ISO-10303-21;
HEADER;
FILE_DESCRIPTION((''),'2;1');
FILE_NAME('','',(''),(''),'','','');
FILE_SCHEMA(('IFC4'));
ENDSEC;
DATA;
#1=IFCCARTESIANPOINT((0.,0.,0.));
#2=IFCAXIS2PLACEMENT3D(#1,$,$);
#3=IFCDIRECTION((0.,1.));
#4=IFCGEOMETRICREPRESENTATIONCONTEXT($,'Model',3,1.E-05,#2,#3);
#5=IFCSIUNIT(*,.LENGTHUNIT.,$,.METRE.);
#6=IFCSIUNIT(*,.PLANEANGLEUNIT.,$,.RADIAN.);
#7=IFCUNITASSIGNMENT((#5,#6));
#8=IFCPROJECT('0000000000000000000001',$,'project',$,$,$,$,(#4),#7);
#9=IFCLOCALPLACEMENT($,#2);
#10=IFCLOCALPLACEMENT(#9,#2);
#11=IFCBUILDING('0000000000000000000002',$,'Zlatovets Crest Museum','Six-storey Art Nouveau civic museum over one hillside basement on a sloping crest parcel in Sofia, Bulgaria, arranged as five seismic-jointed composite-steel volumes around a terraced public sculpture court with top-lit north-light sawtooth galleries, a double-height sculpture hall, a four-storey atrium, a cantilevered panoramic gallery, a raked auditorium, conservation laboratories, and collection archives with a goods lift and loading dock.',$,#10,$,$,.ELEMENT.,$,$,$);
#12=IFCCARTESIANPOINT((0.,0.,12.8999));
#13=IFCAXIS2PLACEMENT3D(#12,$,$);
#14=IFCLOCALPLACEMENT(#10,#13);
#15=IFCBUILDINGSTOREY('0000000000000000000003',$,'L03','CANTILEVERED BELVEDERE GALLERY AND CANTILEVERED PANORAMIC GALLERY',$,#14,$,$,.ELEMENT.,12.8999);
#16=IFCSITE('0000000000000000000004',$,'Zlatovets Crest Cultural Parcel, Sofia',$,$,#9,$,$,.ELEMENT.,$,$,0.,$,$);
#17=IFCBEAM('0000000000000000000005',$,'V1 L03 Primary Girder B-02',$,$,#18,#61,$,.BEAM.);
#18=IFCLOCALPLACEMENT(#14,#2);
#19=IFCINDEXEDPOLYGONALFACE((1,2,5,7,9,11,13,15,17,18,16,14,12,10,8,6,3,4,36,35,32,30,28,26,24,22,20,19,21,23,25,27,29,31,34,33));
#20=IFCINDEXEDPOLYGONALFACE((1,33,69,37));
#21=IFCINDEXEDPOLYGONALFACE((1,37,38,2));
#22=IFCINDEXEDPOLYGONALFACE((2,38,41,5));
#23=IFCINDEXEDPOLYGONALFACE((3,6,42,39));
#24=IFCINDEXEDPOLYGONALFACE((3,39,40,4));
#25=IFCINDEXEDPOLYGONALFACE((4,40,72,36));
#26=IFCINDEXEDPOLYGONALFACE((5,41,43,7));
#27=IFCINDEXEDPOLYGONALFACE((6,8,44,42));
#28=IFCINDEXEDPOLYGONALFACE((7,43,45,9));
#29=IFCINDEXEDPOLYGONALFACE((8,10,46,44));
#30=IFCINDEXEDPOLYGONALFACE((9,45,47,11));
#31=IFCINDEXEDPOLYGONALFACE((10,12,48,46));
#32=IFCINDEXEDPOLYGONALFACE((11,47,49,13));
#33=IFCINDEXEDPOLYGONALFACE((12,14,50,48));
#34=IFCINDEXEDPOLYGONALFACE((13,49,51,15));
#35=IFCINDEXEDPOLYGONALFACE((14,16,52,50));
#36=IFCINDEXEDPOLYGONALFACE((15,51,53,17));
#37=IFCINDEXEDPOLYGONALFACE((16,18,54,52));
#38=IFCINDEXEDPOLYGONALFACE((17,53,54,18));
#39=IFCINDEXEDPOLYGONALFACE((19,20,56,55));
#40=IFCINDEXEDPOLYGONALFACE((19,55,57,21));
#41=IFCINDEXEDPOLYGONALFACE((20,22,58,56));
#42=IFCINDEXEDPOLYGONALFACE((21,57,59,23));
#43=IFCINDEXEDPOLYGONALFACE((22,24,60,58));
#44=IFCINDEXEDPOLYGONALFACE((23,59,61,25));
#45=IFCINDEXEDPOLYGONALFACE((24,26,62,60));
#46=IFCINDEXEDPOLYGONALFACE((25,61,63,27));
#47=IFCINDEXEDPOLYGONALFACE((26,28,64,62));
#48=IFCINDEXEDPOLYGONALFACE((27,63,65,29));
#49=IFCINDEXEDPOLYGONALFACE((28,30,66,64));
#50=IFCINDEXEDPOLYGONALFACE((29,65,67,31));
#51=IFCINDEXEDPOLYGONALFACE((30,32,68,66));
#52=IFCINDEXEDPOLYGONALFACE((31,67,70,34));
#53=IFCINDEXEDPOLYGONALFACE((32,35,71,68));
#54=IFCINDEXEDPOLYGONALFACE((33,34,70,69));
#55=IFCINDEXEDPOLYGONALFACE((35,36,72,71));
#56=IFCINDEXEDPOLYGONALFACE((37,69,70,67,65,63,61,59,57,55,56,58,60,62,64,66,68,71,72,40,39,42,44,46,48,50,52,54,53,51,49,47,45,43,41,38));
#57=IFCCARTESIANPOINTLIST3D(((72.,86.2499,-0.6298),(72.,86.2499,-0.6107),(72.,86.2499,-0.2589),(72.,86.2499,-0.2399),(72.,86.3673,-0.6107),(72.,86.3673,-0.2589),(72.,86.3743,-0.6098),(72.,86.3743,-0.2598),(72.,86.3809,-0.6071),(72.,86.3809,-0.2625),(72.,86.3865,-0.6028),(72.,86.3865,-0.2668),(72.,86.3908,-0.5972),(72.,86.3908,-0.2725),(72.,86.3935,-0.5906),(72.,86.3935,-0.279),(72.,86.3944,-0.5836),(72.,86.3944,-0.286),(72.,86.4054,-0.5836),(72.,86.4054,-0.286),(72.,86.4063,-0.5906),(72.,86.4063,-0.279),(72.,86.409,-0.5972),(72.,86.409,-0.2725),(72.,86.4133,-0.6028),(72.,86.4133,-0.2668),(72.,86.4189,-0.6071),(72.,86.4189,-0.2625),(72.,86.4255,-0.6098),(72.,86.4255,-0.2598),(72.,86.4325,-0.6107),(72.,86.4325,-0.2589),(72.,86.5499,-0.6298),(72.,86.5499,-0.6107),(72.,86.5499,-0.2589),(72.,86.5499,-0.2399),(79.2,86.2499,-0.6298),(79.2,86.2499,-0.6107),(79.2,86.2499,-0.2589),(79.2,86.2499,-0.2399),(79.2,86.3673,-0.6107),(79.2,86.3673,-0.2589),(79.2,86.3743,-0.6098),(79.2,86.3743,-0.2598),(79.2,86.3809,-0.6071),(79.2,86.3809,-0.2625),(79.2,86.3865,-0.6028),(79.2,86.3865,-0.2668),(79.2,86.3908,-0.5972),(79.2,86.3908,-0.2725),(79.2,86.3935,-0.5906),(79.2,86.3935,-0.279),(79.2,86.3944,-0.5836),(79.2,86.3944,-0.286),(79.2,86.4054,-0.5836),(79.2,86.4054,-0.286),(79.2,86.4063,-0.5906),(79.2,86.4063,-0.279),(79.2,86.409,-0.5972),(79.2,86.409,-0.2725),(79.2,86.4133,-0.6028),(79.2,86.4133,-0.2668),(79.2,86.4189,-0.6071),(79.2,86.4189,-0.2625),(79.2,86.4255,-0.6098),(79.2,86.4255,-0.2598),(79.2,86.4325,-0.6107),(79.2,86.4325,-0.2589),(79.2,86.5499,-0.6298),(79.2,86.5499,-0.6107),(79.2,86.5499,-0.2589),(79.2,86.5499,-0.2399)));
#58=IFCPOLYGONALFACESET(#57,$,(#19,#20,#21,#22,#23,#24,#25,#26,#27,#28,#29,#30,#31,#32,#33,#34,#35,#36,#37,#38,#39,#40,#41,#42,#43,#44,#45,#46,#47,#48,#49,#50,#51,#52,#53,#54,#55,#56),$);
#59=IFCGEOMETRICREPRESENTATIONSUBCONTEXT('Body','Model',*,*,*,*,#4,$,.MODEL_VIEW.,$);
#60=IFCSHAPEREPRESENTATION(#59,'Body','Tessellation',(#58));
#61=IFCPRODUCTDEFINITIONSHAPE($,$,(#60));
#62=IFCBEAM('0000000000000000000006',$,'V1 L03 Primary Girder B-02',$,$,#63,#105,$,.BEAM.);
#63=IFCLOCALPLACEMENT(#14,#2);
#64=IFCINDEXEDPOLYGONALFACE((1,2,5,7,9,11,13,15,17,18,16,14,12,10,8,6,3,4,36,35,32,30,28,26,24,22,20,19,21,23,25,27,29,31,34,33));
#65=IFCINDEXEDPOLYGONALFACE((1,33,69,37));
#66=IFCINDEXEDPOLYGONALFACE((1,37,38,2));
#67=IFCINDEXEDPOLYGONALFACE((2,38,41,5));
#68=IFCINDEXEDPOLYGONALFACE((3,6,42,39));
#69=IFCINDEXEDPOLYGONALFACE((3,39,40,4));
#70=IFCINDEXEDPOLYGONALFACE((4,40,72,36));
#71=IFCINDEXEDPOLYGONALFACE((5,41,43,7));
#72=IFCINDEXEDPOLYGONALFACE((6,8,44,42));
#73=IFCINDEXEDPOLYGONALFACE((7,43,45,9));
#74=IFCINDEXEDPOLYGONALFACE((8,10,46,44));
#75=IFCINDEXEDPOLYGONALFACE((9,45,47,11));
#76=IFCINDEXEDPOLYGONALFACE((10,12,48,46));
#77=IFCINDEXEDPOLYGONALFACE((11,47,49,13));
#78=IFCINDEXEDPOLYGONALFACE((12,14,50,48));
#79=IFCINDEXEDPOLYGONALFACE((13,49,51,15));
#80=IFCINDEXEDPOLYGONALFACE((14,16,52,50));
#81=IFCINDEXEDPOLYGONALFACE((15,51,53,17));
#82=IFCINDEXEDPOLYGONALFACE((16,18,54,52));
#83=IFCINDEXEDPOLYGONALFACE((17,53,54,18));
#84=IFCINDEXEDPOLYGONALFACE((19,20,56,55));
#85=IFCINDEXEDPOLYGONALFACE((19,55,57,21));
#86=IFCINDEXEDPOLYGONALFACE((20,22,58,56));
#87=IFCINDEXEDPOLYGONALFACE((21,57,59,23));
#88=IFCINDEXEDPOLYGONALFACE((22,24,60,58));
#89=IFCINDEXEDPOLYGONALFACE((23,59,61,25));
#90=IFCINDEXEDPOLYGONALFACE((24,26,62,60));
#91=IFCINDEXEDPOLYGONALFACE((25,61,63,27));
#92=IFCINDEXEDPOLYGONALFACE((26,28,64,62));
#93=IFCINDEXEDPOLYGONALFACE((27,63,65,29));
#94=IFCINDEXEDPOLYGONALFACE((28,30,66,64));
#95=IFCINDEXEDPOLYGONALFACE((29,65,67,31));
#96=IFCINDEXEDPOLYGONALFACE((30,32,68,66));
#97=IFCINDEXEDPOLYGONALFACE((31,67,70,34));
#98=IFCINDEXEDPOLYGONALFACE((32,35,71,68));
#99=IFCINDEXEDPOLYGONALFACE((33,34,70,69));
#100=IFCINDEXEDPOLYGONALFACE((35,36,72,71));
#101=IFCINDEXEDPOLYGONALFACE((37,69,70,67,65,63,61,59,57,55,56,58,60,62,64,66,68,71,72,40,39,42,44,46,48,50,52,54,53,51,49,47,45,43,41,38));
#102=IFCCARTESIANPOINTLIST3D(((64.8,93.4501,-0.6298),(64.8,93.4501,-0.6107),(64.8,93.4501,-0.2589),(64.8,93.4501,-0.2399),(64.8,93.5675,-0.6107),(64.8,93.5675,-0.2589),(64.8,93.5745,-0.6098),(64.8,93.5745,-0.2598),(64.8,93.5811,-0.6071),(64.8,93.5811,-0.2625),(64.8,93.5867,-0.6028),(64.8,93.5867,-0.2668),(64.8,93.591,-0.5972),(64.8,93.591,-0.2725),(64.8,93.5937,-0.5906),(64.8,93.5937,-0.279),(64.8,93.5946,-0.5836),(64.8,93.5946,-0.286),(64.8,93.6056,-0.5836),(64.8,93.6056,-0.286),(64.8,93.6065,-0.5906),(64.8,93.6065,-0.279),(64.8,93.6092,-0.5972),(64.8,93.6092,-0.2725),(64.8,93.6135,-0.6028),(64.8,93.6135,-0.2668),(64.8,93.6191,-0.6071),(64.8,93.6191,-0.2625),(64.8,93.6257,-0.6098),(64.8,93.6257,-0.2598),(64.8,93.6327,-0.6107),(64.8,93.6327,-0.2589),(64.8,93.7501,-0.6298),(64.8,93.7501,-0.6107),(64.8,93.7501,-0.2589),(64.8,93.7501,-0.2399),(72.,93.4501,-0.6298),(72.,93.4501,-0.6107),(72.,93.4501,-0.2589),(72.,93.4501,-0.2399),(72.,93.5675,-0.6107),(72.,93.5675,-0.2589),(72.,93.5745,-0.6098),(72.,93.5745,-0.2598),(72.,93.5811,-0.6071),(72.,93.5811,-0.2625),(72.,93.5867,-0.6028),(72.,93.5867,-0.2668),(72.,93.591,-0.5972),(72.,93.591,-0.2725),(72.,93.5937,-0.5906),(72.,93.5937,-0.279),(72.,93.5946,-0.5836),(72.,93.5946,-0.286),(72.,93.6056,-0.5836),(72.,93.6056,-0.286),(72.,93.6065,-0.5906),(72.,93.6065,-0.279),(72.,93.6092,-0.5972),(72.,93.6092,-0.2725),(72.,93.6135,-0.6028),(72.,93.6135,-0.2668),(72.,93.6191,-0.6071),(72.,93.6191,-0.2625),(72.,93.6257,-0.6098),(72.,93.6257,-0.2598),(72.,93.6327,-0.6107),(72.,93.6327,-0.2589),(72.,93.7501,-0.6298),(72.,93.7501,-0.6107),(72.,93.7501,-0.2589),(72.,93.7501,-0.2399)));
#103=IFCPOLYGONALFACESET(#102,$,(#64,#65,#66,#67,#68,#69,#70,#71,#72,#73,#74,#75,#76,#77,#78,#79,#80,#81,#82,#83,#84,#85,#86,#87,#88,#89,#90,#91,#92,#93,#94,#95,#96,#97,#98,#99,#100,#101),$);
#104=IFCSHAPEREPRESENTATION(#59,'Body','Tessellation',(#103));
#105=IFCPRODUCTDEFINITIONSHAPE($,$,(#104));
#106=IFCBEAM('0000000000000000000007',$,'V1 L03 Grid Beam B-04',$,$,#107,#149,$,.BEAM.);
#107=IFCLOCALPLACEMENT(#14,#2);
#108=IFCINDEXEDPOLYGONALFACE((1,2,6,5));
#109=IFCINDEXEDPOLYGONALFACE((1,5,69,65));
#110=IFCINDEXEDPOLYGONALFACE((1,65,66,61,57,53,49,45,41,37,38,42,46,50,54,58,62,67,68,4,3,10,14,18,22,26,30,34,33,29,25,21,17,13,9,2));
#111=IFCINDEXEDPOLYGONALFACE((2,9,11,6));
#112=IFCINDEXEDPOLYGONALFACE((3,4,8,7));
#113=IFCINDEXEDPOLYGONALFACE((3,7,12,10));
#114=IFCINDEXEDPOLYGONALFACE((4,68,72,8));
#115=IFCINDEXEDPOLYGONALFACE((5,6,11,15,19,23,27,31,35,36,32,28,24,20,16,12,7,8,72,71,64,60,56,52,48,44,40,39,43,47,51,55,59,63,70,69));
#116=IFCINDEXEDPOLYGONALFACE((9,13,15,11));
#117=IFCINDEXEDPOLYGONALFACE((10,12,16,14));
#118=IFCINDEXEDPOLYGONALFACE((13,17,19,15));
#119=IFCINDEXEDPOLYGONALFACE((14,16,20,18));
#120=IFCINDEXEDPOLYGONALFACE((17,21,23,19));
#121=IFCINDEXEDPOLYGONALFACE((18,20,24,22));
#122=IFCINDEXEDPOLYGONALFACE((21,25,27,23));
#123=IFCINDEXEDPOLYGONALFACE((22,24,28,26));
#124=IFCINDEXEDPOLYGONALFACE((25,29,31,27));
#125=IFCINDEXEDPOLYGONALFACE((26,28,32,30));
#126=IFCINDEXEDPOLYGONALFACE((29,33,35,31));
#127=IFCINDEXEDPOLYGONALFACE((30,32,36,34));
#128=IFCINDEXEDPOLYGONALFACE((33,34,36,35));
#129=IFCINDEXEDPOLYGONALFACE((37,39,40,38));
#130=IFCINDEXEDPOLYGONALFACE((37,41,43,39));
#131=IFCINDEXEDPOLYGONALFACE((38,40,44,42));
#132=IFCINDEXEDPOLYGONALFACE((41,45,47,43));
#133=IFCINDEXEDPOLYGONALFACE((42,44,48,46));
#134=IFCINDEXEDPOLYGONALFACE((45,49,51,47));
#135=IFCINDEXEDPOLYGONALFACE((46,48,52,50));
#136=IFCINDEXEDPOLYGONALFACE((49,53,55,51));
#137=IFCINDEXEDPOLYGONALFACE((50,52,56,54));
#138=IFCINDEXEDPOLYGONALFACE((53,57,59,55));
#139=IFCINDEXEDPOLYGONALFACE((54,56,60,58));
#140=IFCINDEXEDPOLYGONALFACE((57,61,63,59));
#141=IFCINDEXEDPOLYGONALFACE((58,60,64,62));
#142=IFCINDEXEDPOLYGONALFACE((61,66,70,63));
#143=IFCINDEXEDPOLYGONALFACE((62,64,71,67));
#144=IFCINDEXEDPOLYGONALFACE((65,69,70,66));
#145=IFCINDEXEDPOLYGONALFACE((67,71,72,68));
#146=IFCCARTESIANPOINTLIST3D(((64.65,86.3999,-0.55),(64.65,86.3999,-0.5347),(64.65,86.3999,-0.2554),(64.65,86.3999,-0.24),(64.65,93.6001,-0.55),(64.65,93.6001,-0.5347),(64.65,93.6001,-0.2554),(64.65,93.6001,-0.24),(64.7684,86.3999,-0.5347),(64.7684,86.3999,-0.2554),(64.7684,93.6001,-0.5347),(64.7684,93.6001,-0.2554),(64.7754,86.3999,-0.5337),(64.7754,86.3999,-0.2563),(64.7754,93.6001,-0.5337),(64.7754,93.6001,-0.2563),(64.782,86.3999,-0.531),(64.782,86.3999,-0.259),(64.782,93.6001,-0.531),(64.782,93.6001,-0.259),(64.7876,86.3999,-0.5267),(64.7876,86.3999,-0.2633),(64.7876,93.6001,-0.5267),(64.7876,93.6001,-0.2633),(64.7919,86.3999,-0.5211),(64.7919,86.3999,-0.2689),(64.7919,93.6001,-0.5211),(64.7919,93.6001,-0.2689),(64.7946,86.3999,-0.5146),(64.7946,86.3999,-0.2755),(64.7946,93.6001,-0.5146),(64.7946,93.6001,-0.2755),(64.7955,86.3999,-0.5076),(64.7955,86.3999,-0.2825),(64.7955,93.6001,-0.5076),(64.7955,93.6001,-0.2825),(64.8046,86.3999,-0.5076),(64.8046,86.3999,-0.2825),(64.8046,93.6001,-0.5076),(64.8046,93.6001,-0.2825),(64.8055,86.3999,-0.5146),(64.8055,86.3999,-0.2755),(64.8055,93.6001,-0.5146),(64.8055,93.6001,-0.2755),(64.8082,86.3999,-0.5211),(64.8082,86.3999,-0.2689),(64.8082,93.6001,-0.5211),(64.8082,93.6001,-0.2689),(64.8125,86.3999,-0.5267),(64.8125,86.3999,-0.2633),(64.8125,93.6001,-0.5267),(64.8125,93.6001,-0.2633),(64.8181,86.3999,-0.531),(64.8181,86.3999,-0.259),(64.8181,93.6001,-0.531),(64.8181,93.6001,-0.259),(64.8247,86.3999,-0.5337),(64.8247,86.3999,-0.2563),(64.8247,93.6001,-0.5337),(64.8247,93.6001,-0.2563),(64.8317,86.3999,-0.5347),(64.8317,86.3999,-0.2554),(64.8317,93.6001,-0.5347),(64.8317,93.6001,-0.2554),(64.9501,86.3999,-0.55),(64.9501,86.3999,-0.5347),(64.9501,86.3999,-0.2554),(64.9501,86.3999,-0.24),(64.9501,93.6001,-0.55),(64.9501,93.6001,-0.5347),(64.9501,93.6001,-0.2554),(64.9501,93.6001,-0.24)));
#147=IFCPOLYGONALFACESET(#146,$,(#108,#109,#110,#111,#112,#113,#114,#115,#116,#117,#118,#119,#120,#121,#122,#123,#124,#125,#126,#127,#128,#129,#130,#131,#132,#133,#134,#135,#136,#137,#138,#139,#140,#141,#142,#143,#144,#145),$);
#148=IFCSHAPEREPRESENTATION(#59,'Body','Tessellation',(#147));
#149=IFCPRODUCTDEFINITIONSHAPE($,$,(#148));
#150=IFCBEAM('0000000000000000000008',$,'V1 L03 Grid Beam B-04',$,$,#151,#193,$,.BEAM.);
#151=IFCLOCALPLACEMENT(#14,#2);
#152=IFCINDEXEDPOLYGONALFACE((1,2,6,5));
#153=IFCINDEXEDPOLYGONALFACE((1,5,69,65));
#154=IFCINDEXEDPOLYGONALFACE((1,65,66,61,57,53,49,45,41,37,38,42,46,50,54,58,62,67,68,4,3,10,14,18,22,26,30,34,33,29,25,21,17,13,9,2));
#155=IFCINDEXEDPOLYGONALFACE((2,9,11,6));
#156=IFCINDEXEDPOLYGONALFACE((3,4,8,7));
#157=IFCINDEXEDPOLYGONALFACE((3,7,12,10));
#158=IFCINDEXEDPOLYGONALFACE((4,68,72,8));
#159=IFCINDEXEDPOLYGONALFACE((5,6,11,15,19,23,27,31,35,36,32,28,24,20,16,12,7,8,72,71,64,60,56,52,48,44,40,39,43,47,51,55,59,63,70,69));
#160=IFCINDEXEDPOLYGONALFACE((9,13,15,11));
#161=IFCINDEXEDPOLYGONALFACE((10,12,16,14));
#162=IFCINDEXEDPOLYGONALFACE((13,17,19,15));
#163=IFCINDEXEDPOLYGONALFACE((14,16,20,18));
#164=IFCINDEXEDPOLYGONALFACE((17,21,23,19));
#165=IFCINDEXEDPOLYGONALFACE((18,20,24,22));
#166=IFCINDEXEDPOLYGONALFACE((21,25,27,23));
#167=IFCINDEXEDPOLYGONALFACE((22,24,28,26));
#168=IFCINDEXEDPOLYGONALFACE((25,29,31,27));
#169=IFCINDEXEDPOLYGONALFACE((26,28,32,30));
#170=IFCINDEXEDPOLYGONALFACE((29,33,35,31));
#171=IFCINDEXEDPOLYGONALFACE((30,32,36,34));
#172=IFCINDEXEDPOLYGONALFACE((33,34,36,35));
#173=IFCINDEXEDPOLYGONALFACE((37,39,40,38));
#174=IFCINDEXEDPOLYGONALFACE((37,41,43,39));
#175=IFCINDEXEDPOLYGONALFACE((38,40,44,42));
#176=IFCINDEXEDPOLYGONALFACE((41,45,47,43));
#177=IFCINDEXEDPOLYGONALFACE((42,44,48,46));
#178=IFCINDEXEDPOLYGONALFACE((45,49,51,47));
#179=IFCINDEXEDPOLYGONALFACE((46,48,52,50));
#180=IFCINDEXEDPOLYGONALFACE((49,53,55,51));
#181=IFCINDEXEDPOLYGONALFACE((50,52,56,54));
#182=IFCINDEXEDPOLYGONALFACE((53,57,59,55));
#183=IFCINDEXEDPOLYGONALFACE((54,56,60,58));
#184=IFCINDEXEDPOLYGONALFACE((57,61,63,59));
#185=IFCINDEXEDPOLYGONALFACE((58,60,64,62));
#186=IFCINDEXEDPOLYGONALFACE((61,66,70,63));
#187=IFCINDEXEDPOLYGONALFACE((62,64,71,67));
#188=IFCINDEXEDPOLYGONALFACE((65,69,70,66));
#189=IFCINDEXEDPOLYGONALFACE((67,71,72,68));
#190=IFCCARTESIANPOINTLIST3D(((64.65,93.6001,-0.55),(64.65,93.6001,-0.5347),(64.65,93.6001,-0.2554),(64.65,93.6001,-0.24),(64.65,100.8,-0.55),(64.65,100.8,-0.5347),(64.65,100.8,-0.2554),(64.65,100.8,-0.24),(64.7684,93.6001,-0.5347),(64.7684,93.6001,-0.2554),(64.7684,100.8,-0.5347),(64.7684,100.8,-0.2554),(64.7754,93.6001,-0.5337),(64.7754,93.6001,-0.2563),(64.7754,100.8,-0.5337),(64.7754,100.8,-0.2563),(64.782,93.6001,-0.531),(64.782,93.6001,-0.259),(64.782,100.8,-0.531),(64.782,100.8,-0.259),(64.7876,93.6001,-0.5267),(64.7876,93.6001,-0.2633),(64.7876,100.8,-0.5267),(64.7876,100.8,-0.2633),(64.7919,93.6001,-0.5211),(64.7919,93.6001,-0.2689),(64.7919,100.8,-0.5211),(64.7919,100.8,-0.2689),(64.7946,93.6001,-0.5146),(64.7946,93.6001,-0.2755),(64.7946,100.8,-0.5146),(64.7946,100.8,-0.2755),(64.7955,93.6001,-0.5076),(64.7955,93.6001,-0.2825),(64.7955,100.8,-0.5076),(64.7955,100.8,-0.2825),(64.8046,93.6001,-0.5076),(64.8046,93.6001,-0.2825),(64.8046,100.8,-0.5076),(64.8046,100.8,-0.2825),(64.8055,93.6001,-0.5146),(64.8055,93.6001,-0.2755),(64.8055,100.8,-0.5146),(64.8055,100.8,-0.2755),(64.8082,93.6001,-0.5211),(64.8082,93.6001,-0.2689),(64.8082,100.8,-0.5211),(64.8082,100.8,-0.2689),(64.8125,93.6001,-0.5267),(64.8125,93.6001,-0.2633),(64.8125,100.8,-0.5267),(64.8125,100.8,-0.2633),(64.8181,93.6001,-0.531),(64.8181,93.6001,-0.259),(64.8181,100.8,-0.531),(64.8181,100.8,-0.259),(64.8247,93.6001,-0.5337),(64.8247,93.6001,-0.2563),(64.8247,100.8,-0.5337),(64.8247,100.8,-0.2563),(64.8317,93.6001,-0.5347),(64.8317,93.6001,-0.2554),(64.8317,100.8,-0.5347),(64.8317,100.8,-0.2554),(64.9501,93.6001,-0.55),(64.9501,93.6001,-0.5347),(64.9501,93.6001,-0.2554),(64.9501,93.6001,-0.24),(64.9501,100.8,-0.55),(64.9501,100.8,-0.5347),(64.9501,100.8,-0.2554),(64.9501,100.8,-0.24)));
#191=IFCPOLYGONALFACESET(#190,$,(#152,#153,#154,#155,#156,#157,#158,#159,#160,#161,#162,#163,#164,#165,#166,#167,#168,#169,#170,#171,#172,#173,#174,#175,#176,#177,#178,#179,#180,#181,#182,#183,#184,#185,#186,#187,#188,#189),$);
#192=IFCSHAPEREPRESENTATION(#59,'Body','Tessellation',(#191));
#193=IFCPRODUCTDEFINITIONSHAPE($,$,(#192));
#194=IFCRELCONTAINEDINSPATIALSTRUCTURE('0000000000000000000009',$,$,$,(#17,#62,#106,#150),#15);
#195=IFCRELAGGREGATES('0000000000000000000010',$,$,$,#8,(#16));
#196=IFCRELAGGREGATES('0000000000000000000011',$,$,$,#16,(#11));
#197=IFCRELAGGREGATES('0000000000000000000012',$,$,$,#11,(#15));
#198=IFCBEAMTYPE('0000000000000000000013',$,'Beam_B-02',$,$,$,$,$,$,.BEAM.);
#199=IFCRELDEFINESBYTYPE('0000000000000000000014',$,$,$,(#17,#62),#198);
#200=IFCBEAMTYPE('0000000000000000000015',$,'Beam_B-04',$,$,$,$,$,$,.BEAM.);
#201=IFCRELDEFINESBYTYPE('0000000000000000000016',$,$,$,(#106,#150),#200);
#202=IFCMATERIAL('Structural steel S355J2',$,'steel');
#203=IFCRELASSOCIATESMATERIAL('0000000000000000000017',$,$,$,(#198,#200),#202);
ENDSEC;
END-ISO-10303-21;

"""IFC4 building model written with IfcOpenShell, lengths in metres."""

from ifc_helpers import new_model, si_unit, direction, frame, origin, origin_2d, place, context, subcontext, project, spatial, i_section, extrude, material, material_profile, profile_set, type_object, element, save


model = new_model("IFC4")

# Units and contexts
model_context = context("Model", 3, precision=1e-05, world=origin(), true_north=direction((0.0, 1.0)))
body_context = subcontext(model_context, "Body", "Model", "MODEL_VIEW")
ifc_project = project(units=[si_unit("LENGTHUNIT", "METRE"), si_unit("PLANEANGLEUNIT", "RADIAN")], contexts=[model_context])

# Site, building, storey
site_placement = place(None, origin())
site = spatial("IfcSite", under=ifc_project, at=site_placement, Name="Zlatovets Crest Cultural Parcel, Sofia", CompositionType="ELEMENT", RefElevation=0.0)
building_placement = place(site_placement, origin())
building = spatial("IfcBuilding", under=site, at=building_placement, Name="Zlatovets Crest Museum", Description="Six-storey Art Nouveau civic museum over one hillside basement on a sloping crest parcel in Sofia, Bulgaria, arranged as five seismic-jointed composite-steel volumes around a terraced public sculpture court with top-lit north-light sawtooth galleries, a double-height sculpture hall, a four-storey atrium, a cantilevered panoramic gallery, a raked auditorium, conservation laboratories, and collection archives with a goods lift and loading dock.", CompositionType="ELEMENT")
storey_placement = place(building_placement, frame((0.0, 0.0, 12.8999)))
storey = spatial("IfcBuildingStorey", under=building, at=storey_placement, Name="L03", Description="CANTILEVERED BELVEDERE GALLERY AND CANTILEVERED PANORAMIC GALLERY", CompositionType="ELEMENT", Elevation=12.8999)

# Shared definitions
ifc_material_1 = material(Name="Structural steel S355J2", Category="steel")

# Beams
ifc_material_profile_1 = material_profile(ifc_material_1, i_section(OverallWidth=0.3, OverallDepth=0.3899, WebThickness=0.011, FlangeThickness=0.019, FilletRadius=0.0271, at=origin_2d()), Name="HEA 400")
ifc_profile_set_1 = profile_set([ifc_material_profile_1], Name="Structural steel S355J2")
beam_type_1 = type_object("IfcBeamType", Name="Beam_B-02", PredefinedType="BEAM", material=ifc_profile_set_1)
for number, where, z_axis, x_axis, name in (
    (1, (72.0, 86.3999, -0.4348), (1.0, 0.0, 0.0), (0.0, 1.0, 0.0), "V1 L03 Primary Girder B-02"),
    (2, (64.8, 93.6001, -0.4348), (1.0, 0.0, 0.0), (0.0, 1.0, 0.0), "V1 L03 Primary Girder B-02"),
):
    element("IfcBeam", number, at=place(storey_placement, frame(where, z_axis=z_axis, x_axis=x_axis)), inside=storey, type_object=beam_type_1, Name=name, PredefinedType="BEAM", context=body_context, shape_type="SweptSolid", body=[
        extrude(i_section(OverallWidth=0.3, OverallDepth=0.3899, WebThickness=0.011, FlangeThickness=0.019, FilletRadius=0.0271, at=origin_2d()), origin(), (0.0, 0.0, 1.0), 7.2),
    ])
ifc_material_profile_2 = material_profile(ifc_material_1, i_section(OverallWidth=0.3, OverallDepth=0.3101, WebThickness=0.009, FlangeThickness=0.0154, FilletRadius=0.0271, at=origin_2d()), Name="HEA 320")
ifc_profile_set_2 = profile_set([ifc_material_profile_2], Name="Structural steel S355J2")
beam_type_2 = type_object("IfcBeamType", Name="Beam_B-04", PredefinedType="BEAM", material=ifc_profile_set_2)
beam_1_placement = place(storey_placement, frame((64.8, 86.3999, -0.395), z_axis=(0.0, 1.0, 0.0), x_axis=(-1.0, 0.0, 0.0)))
element("IfcBeam", 3, at=beam_1_placement, inside=storey, type_object=beam_type_2, Name="V1 L03 Grid Beam B-04", PredefinedType="BEAM", context=body_context, shape_type="SweptSolid", body=[
    extrude(i_section(OverallWidth=0.3, OverallDepth=0.3101, WebThickness=0.009, FlangeThickness=0.0154, FilletRadius=0.0271, at=origin_2d()), origin(), (0.0, 0.0, 1.0), 7.2002),
])
beam_2_placement = place(storey_placement, frame((64.8, 93.6001, -0.395), z_axis=(0.0, 1.0, 0.0), x_axis=(-1.0, 0.0, 0.0)))
element("IfcBeam", 4, at=beam_2_placement, inside=storey, type_object=beam_type_2, Name="V1 L03 Grid Beam B-04", PredefinedType="BEAM", context=body_context, shape_type="SweptSolid", body=[
    extrude(i_section(OverallWidth=0.3, OverallDepth=0.3101, WebThickness=0.009, FlangeThickness=0.0154, FilletRadius=0.0271, at=origin_2d()), origin(), (0.0, 0.0, 1.0), 7.2),
])

save(model, "model.ifc")
